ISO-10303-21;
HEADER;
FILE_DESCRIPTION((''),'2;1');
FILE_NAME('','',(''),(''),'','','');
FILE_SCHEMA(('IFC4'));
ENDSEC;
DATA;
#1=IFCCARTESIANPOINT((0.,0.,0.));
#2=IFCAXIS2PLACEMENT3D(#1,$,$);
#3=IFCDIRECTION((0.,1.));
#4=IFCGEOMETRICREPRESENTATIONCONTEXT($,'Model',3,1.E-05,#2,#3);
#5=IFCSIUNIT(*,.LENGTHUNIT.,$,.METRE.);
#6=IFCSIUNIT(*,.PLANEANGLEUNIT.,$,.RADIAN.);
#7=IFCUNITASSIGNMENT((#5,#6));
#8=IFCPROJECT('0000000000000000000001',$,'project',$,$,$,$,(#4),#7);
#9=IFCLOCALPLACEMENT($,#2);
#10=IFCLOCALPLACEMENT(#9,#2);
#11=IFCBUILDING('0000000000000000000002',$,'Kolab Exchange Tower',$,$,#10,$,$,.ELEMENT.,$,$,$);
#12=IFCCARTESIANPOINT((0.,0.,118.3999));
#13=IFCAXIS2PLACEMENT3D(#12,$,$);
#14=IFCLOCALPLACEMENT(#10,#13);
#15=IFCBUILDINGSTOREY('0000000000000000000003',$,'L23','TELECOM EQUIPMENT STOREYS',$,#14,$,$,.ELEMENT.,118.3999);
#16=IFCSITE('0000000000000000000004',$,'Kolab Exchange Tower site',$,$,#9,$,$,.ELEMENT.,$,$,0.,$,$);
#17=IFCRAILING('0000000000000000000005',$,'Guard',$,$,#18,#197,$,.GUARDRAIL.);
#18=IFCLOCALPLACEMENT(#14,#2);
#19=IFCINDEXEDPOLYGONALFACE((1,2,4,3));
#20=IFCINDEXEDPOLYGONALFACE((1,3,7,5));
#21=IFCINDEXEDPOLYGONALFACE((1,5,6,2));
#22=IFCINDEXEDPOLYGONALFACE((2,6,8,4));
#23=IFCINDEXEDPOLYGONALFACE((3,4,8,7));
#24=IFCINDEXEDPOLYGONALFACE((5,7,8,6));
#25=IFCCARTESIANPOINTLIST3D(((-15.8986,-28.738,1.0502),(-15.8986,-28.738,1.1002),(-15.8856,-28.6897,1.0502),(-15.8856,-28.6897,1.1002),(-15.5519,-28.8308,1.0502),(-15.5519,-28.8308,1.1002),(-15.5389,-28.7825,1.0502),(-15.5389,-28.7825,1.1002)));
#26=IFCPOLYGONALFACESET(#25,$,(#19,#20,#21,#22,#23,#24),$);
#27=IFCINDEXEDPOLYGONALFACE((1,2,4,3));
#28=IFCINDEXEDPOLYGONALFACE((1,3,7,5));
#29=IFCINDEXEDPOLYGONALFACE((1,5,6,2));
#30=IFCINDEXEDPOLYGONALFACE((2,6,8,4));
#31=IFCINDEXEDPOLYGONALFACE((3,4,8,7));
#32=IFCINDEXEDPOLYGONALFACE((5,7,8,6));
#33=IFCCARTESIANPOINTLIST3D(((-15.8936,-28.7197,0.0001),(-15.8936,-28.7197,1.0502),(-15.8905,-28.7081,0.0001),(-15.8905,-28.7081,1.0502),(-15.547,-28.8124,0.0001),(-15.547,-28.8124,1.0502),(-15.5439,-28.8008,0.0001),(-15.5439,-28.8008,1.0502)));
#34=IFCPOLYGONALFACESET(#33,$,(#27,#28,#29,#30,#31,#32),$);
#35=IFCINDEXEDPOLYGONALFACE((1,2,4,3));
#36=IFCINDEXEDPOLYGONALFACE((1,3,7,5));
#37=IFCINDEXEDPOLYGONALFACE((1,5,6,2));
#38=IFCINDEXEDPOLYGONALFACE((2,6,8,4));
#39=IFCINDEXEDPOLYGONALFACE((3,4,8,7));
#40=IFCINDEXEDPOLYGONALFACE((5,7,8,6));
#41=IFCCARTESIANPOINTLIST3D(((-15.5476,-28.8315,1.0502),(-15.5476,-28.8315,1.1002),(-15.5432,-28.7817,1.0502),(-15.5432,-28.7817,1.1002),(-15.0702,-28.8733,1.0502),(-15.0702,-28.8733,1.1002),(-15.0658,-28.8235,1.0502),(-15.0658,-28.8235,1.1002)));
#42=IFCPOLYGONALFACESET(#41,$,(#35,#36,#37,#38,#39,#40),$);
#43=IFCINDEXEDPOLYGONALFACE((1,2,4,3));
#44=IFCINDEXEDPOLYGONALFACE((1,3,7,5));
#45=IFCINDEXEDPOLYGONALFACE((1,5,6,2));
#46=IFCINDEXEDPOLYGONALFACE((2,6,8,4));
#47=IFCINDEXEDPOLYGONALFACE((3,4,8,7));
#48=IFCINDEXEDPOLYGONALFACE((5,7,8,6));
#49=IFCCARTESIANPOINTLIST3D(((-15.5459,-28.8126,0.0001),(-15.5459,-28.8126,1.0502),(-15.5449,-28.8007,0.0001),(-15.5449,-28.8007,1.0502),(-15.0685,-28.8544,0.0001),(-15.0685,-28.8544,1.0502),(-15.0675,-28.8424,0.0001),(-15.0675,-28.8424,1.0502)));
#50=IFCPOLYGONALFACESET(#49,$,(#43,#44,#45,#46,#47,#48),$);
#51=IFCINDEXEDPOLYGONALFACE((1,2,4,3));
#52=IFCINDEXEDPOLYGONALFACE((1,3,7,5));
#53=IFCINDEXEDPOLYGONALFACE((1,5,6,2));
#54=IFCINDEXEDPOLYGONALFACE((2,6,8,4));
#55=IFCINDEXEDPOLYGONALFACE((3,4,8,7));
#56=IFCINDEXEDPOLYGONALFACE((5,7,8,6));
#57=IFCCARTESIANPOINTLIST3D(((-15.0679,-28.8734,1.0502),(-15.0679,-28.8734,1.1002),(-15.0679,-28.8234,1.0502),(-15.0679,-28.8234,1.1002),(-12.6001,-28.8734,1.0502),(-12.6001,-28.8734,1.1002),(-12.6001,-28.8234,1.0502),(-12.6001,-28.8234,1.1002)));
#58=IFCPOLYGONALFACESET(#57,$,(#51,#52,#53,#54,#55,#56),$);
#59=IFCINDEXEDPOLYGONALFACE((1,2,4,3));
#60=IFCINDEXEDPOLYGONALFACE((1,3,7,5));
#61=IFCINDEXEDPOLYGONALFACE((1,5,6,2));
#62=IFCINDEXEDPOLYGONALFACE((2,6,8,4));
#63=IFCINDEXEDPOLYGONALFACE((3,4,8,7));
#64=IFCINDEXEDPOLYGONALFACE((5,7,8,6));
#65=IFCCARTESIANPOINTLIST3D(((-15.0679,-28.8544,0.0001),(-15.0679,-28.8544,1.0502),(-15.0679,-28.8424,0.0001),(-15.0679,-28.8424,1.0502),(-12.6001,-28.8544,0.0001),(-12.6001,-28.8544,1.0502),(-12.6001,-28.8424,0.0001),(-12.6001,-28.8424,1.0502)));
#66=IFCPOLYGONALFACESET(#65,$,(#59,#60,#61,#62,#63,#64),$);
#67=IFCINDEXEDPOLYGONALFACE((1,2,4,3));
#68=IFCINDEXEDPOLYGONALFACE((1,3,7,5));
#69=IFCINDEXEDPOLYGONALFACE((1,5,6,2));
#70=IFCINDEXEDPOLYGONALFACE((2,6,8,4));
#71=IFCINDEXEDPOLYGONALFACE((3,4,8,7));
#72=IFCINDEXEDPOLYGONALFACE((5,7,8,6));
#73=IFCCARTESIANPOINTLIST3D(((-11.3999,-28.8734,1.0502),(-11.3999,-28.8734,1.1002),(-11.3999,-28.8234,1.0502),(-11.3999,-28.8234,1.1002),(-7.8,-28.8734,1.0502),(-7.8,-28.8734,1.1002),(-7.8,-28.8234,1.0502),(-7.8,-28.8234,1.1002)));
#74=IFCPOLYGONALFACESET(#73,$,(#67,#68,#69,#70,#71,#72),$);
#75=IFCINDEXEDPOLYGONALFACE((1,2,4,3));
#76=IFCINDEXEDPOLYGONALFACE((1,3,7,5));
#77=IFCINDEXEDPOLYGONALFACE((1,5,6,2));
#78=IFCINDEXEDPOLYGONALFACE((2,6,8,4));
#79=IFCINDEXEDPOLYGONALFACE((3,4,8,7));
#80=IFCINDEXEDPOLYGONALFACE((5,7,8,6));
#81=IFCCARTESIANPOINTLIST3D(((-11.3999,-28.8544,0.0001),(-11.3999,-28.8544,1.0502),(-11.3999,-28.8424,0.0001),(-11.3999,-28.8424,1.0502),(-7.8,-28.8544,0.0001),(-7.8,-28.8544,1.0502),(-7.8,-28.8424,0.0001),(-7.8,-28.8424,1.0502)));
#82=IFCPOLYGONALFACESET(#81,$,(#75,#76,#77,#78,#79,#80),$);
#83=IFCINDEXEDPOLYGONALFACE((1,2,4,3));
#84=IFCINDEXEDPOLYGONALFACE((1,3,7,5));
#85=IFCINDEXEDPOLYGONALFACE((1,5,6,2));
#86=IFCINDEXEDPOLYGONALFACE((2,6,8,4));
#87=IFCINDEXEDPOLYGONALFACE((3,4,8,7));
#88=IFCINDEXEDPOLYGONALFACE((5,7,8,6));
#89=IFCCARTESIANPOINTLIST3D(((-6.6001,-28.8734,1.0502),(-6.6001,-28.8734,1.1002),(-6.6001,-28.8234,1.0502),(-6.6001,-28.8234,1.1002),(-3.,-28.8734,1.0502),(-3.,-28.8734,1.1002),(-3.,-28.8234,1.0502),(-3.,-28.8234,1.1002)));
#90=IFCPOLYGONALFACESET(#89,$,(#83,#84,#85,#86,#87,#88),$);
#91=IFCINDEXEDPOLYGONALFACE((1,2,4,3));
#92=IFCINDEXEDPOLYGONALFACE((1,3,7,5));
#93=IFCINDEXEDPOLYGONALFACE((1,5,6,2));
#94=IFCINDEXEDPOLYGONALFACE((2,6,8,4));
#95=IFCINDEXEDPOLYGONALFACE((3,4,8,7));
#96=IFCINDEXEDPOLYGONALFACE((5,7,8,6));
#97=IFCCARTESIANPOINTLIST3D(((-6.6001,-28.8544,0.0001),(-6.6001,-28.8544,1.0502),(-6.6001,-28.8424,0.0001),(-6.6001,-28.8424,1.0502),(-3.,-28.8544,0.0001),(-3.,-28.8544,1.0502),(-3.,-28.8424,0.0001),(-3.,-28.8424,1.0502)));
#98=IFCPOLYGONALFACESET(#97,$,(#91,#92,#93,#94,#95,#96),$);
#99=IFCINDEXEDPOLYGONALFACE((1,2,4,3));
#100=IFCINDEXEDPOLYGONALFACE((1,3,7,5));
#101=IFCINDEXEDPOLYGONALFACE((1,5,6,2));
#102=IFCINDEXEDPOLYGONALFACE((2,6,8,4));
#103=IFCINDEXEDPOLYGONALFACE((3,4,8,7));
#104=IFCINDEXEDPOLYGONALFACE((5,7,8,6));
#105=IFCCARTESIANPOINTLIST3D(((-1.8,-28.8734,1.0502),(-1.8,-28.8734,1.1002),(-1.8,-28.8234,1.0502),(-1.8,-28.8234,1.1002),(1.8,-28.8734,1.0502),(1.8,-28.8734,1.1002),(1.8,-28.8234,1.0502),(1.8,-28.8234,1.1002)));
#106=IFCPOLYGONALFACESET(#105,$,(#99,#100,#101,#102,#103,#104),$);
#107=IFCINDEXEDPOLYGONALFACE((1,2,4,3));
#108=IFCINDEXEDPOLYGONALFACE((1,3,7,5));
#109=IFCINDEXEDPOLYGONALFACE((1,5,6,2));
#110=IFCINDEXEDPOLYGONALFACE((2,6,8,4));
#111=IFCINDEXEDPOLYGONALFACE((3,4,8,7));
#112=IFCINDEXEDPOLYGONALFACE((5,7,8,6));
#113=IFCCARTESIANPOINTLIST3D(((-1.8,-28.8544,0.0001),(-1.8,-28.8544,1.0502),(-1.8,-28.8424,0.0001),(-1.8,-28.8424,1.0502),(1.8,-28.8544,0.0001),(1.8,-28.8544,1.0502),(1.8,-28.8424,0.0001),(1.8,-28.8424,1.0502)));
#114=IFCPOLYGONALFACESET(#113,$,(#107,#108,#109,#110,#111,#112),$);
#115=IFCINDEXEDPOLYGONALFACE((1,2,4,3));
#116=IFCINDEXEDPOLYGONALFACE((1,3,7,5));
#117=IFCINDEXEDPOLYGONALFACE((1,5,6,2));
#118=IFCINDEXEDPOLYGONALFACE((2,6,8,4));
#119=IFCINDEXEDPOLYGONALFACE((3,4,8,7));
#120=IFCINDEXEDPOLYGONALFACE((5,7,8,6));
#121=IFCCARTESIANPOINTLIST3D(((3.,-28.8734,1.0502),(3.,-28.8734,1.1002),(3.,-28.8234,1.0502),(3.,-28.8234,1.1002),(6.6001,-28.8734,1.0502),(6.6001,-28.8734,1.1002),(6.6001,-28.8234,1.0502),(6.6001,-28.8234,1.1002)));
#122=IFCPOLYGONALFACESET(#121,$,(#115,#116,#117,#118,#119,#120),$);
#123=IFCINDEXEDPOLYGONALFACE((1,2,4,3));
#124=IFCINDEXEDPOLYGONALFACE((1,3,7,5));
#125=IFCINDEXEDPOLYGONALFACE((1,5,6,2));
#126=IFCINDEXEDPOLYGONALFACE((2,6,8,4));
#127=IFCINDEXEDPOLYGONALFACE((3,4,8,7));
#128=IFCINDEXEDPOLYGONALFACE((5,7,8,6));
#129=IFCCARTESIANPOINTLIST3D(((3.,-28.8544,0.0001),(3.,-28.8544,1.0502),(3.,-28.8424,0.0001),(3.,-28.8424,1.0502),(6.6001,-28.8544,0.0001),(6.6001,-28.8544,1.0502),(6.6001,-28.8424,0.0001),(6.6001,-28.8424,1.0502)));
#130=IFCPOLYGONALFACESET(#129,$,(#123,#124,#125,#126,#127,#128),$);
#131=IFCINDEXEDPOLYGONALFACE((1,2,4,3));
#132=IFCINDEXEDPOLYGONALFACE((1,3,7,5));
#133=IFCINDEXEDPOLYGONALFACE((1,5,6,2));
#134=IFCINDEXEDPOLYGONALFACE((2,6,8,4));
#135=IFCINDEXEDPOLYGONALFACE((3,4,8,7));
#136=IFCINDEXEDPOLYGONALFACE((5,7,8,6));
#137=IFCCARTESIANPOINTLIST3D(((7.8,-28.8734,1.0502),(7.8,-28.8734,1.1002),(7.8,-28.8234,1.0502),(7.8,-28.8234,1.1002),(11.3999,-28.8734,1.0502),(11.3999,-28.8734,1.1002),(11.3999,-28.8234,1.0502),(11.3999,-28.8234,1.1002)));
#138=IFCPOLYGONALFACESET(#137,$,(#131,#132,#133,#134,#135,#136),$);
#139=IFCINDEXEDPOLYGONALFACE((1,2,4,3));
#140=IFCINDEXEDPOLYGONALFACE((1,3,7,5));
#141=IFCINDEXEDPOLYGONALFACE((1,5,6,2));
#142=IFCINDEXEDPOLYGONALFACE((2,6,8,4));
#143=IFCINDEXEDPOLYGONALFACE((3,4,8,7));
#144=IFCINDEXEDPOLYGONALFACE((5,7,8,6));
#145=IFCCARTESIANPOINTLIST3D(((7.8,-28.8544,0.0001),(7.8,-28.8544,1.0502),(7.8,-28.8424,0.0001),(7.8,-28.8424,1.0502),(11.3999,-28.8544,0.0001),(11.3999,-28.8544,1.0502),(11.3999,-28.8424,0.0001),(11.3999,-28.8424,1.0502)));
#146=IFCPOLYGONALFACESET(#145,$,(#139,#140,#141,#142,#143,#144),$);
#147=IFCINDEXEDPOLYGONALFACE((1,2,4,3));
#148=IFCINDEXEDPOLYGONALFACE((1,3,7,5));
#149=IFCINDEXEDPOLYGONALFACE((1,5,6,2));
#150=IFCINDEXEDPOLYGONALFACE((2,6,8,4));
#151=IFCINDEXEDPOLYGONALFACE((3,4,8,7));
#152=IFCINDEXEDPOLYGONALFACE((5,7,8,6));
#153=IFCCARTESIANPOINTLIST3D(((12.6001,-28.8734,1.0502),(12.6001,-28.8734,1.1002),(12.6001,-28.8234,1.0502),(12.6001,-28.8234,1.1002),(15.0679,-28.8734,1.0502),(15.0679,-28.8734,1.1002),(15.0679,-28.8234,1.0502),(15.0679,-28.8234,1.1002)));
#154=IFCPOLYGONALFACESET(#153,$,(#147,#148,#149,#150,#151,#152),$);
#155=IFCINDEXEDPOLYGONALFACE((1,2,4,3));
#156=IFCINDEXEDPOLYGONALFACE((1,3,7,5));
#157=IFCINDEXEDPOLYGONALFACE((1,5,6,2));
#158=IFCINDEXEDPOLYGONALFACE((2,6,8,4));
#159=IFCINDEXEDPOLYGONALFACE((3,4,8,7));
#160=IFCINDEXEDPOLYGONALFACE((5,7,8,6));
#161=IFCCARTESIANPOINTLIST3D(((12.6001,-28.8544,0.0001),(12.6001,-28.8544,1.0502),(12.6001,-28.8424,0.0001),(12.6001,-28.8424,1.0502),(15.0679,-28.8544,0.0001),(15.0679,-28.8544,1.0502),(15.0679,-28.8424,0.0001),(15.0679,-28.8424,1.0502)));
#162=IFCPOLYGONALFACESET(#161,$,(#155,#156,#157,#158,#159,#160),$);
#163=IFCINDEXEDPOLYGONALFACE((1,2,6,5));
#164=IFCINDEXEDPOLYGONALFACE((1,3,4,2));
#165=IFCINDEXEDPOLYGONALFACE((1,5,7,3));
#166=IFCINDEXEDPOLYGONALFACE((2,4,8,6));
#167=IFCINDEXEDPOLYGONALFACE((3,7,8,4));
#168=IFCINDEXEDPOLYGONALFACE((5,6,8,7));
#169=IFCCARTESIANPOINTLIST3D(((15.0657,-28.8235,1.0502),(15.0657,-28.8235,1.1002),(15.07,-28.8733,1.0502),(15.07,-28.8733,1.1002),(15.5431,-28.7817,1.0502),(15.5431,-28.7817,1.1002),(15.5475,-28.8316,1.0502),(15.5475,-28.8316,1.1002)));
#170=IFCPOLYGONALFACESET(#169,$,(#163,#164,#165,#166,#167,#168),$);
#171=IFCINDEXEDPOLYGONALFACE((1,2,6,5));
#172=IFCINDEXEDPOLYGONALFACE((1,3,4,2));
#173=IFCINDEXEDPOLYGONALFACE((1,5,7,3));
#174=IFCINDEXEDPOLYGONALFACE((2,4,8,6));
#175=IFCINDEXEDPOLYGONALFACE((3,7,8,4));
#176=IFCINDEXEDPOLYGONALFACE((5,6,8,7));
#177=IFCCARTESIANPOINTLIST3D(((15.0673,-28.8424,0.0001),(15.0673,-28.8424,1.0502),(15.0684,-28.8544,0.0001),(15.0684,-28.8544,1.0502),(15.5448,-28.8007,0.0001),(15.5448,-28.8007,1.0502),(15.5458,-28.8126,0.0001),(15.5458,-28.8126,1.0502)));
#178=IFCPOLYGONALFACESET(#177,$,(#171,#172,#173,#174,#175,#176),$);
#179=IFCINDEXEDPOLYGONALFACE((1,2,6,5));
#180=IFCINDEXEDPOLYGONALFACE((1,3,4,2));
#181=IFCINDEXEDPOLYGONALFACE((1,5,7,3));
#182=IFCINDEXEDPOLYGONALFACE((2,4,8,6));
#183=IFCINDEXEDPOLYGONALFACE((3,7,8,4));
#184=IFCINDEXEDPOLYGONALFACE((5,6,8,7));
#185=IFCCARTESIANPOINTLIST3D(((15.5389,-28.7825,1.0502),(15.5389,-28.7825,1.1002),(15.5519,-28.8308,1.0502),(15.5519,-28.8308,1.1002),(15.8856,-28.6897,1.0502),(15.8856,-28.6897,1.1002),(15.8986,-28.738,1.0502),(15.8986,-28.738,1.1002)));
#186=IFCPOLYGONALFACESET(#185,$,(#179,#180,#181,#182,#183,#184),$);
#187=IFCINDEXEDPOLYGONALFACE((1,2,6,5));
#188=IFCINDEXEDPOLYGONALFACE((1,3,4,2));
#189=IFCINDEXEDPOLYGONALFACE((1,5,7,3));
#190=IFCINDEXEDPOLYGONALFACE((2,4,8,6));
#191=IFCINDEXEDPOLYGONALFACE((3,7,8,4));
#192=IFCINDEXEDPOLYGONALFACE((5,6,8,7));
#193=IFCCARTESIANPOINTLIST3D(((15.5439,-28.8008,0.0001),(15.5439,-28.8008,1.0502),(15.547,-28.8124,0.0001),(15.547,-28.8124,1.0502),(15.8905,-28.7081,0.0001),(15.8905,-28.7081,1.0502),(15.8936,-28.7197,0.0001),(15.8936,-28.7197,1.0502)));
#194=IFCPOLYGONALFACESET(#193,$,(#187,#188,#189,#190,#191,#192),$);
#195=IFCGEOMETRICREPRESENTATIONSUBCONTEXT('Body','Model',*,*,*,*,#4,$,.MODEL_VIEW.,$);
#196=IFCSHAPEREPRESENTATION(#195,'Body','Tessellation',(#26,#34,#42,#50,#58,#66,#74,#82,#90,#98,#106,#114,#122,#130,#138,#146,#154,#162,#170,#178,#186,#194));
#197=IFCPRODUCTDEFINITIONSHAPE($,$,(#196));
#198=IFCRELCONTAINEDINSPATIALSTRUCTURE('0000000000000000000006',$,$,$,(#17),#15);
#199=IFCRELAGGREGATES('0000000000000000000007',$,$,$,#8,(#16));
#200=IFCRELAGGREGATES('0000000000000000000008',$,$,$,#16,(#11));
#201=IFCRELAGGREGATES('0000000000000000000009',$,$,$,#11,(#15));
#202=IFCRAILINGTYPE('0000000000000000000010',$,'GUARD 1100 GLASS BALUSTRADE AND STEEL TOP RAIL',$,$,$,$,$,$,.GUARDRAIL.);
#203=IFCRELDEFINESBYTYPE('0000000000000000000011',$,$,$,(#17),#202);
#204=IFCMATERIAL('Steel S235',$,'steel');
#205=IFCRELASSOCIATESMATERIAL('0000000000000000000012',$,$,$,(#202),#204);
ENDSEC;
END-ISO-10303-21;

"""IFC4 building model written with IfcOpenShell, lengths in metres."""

from ifc_helpers import new_model, si_unit, direction, frame, frame_2d, origin, origin_2d, place, context, subcontext, project, spatial, rectangle, extrude, material, type_object, element, save


model = new_model("IFC4")

# Units and contexts
model_context = context("Model", 3, precision=1e-05, world=origin(), true_north=direction((0.0, 1.0)))
body_context = subcontext(model_context, "Body", "Model", "MODEL_VIEW")
ifc_project = project(units=[si_unit("LENGTHUNIT", "METRE"), si_unit("PLANEANGLEUNIT", "RADIAN")], contexts=[model_context])

# Site, building, storey
site_placement = place(None, origin())
site = spatial("IfcSite", under=ifc_project, at=site_placement, Name="Kolab Exchange Tower site", CompositionType="ELEMENT", RefElevation=0.0)
building_placement = place(site_placement, origin())
building = spatial("IfcBuilding", under=site, at=building_placement, Name="Kolab Exchange Tower", CompositionType="ELEMENT")
storey_placement = place(building_placement, frame((0.0, 0.0, 118.3999)))
storey = spatial("IfcBuildingStorey", under=building, at=storey_placement, Name="L23", Description="TELECOM EQUIPMENT STOREYS", CompositionType="ELEMENT", Elevation=118.3999)

# Railing
ifc_material_1 = material(Name="Steel S235", Category="steel")
railing_type = type_object("IfcRailingType", Name="GUARD 1100 GLASS BALUSTRADE AND STEEL TOP RAIL", PredefinedType="GUARDRAIL", material=ifc_material_1)
railing_placement = place(storey_placement, frame((-15.8921, -28.7139, 0.0)))
element("IfcRailing", 1, at=railing_placement, inside=storey, type_object=railing_type, Name="Guard", PredefinedType="GUARDRAIL", context=body_context, shape_type="SweptSolid", body=[
    extrude(rectangle(XDim=0.05, YDim=0.05, at=origin_2d()), frame((0.0, 0.0, 1.0752), z_axis=(0.966009, -0.258509, 0.0), x_axis=(0.258509, 0.966009, 0.0)), (0.0, 0.0, 1.0), 0.3589),
    extrude(rectangle(XDim=0.012, YDim=1.0501, at=frame_2d((0.0, 0.5251))), frame((0.0, 0.0, 0.0), z_axis=(0.966009, -0.258509, 0.0), x_axis=(0.258509, 0.966009, 0.0)), (0.0, 0.0, 1.0), 0.3589),
    extrude(rectangle(XDim=0.05, YDim=0.05, at=origin_2d()), frame((0.3467, -0.0928, 1.0752), z_axis=(0.9962, -0.087091, 0.0), x_axis=(0.087091, 0.9962, 0.0)), (0.0, 0.0, 1.0), 0.4792),
    extrude(rectangle(XDim=0.012, YDim=1.0501, at=frame_2d((0.0, 0.5251))), frame((0.3467, -0.0928, 0.0), z_axis=(0.9962, -0.087091, 0.0), x_axis=(0.087091, 0.9962, 0.0)), (0.0, 0.0, 1.0), 0.4792),
    extrude(rectangle(XDim=0.05, YDim=0.05, at=origin_2d()), frame((0.8242, -0.1345, 1.0752), z_axis=(1.0, 0.0, 0.0), x_axis=(0.0, 1.0, 0.0)), (0.0, 0.0, 1.0), 2.4678),
    extrude(rectangle(XDim=0.012, YDim=1.0501, at=frame_2d((0.0, 0.5251))), frame((0.8242, -0.1345, 0.0), z_axis=(1.0, 0.0, 0.0), x_axis=(0.0, 1.0, 0.0)), (0.0, 0.0, 1.0), 2.4678),
    extrude(rectangle(XDim=0.05, YDim=0.05, at=origin_2d()), frame((4.4922, -0.1345, 1.0752), z_axis=(1.0, 0.0, 0.0), x_axis=(0.0, 1.0, 0.0)), (0.0, 0.0, 1.0), 3.5999),
    extrude(rectangle(XDim=0.012, YDim=1.0501, at=frame_2d((0.0, 0.5251))), frame((4.4922, -0.1345, 0.0), z_axis=(1.0, 0.0, 0.0), x_axis=(0.0, 1.0, 0.0)), (0.0, 0.0, 1.0), 3.5999),
    extrude(rectangle(XDim=0.05, YDim=0.05, at=origin_2d()), frame((9.292, -0.1345, 1.0752), z_axis=(1.0, 0.0, 0.0), x_axis=(0.0, 1.0, 0.0)), (0.0, 0.0, 1.0), 3.6001),
    extrude(rectangle(XDim=0.012, YDim=1.0501, at=frame_2d((0.0, 0.5251))), frame((9.292, -0.1345, 0.0), z_axis=(1.0, 0.0, 0.0), x_axis=(0.0, 1.0, 0.0)), (0.0, 0.0, 1.0), 3.6001),
    extrude(rectangle(XDim=0.05, YDim=0.05, at=origin_2d()), frame((14.092, -0.1345, 1.0752), z_axis=(1.0, 0.0, 0.0), x_axis=(0.0, 1.0, 0.0)), (0.0, 0.0, 1.0), 3.6001),
    extrude(rectangle(XDim=0.012, YDim=1.0501, at=frame_2d((0.0, 0.5251))), frame((14.092, -0.1345, 0.0), z_axis=(1.0, 0.0, 0.0), x_axis=(0.0, 1.0, 0.0)), (0.0, 0.0, 1.0), 3.6001),
    extrude(rectangle(XDim=0.05, YDim=0.05, at=origin_2d()), frame((18.8921, -0.1345, 1.0752), z_axis=(1.0, 0.0, 0.0), x_axis=(0.0, 1.0, 0.0)), (0.0, 0.0, 1.0), 3.6001),
    extrude(rectangle(XDim=0.012, YDim=1.0501, at=frame_2d((0.0, 0.5251))), frame((18.8921, -0.1345, 0.0), z_axis=(1.0, 0.0, 0.0), x_axis=(0.0, 1.0, 0.0)), (0.0, 0.0, 1.0), 3.6001),
    extrude(rectangle(XDim=0.05, YDim=0.05, at=origin_2d()), frame((23.6921, -0.1345, 1.0752), z_axis=(1.0, 0.0, 0.0), x_axis=(0.0, 1.0, 0.0)), (0.0, 0.0, 1.0), 3.5999),
    extrude(rectangle(XDim=0.012, YDim=1.0501, at=frame_2d((0.0, 0.5251))), frame((23.6921, -0.1345, 0.0), z_axis=(1.0, 0.0, 0.0), x_axis=(0.0, 1.0, 0.0)), (0.0, 0.0, 1.0), 3.5999),
    extrude(rectangle(XDim=0.05, YDim=0.05, at=origin_2d()), frame((28.4922, -0.1345, 1.0752), z_axis=(1.0, 0.0, 0.0), x_axis=(0.0, 1.0, 0.0)), (0.0, 0.0, 1.0), 2.4678),
    extrude(rectangle(XDim=0.012, YDim=1.0501, at=frame_2d((0.0, 0.5251))), frame((28.4922, -0.1345, 0.0), z_axis=(1.0, 0.0, 0.0), x_axis=(0.0, 1.0, 0.0)), (0.0, 0.0, 1.0), 2.4678),
    extrude(rectangle(XDim=0.05, YDim=0.05, at=origin_2d()), frame((30.96, -0.1345, 1.0752), z_axis=(0.9962, 0.087091, 0.0), x_axis=(-0.087091, 0.9962, 0.0)), (0.0, 0.0, 1.0), 0.4792),
    extrude(rectangle(XDim=0.012, YDim=1.0501, at=frame_2d((0.0, 0.5251))), frame((30.96, -0.1345, 0.0), z_axis=(0.9962, 0.087091, 0.0), x_axis=(-0.087091, 0.9962, 0.0)), (0.0, 0.0, 1.0), 0.4792),
    extrude(rectangle(XDim=0.05, YDim=0.05, at=origin_2d()), frame((31.4375, -0.0928, 1.0752), z_axis=(0.966009, 0.258509, 0.0), x_axis=(-0.258509, 0.966009, 0.0)), (0.0, 0.0, 1.0), 0.3589),
    extrude(rectangle(XDim=0.012, YDim=1.0501, at=frame_2d((0.0, 0.5251))), frame((31.4375, -0.0928, 0.0), z_axis=(0.966009, 0.258509, 0.0), x_axis=(-0.258509, 0.966009, 0.0)), (0.0, 0.0, 1.0), 0.3589),
])

save(model, "model.ifc")
